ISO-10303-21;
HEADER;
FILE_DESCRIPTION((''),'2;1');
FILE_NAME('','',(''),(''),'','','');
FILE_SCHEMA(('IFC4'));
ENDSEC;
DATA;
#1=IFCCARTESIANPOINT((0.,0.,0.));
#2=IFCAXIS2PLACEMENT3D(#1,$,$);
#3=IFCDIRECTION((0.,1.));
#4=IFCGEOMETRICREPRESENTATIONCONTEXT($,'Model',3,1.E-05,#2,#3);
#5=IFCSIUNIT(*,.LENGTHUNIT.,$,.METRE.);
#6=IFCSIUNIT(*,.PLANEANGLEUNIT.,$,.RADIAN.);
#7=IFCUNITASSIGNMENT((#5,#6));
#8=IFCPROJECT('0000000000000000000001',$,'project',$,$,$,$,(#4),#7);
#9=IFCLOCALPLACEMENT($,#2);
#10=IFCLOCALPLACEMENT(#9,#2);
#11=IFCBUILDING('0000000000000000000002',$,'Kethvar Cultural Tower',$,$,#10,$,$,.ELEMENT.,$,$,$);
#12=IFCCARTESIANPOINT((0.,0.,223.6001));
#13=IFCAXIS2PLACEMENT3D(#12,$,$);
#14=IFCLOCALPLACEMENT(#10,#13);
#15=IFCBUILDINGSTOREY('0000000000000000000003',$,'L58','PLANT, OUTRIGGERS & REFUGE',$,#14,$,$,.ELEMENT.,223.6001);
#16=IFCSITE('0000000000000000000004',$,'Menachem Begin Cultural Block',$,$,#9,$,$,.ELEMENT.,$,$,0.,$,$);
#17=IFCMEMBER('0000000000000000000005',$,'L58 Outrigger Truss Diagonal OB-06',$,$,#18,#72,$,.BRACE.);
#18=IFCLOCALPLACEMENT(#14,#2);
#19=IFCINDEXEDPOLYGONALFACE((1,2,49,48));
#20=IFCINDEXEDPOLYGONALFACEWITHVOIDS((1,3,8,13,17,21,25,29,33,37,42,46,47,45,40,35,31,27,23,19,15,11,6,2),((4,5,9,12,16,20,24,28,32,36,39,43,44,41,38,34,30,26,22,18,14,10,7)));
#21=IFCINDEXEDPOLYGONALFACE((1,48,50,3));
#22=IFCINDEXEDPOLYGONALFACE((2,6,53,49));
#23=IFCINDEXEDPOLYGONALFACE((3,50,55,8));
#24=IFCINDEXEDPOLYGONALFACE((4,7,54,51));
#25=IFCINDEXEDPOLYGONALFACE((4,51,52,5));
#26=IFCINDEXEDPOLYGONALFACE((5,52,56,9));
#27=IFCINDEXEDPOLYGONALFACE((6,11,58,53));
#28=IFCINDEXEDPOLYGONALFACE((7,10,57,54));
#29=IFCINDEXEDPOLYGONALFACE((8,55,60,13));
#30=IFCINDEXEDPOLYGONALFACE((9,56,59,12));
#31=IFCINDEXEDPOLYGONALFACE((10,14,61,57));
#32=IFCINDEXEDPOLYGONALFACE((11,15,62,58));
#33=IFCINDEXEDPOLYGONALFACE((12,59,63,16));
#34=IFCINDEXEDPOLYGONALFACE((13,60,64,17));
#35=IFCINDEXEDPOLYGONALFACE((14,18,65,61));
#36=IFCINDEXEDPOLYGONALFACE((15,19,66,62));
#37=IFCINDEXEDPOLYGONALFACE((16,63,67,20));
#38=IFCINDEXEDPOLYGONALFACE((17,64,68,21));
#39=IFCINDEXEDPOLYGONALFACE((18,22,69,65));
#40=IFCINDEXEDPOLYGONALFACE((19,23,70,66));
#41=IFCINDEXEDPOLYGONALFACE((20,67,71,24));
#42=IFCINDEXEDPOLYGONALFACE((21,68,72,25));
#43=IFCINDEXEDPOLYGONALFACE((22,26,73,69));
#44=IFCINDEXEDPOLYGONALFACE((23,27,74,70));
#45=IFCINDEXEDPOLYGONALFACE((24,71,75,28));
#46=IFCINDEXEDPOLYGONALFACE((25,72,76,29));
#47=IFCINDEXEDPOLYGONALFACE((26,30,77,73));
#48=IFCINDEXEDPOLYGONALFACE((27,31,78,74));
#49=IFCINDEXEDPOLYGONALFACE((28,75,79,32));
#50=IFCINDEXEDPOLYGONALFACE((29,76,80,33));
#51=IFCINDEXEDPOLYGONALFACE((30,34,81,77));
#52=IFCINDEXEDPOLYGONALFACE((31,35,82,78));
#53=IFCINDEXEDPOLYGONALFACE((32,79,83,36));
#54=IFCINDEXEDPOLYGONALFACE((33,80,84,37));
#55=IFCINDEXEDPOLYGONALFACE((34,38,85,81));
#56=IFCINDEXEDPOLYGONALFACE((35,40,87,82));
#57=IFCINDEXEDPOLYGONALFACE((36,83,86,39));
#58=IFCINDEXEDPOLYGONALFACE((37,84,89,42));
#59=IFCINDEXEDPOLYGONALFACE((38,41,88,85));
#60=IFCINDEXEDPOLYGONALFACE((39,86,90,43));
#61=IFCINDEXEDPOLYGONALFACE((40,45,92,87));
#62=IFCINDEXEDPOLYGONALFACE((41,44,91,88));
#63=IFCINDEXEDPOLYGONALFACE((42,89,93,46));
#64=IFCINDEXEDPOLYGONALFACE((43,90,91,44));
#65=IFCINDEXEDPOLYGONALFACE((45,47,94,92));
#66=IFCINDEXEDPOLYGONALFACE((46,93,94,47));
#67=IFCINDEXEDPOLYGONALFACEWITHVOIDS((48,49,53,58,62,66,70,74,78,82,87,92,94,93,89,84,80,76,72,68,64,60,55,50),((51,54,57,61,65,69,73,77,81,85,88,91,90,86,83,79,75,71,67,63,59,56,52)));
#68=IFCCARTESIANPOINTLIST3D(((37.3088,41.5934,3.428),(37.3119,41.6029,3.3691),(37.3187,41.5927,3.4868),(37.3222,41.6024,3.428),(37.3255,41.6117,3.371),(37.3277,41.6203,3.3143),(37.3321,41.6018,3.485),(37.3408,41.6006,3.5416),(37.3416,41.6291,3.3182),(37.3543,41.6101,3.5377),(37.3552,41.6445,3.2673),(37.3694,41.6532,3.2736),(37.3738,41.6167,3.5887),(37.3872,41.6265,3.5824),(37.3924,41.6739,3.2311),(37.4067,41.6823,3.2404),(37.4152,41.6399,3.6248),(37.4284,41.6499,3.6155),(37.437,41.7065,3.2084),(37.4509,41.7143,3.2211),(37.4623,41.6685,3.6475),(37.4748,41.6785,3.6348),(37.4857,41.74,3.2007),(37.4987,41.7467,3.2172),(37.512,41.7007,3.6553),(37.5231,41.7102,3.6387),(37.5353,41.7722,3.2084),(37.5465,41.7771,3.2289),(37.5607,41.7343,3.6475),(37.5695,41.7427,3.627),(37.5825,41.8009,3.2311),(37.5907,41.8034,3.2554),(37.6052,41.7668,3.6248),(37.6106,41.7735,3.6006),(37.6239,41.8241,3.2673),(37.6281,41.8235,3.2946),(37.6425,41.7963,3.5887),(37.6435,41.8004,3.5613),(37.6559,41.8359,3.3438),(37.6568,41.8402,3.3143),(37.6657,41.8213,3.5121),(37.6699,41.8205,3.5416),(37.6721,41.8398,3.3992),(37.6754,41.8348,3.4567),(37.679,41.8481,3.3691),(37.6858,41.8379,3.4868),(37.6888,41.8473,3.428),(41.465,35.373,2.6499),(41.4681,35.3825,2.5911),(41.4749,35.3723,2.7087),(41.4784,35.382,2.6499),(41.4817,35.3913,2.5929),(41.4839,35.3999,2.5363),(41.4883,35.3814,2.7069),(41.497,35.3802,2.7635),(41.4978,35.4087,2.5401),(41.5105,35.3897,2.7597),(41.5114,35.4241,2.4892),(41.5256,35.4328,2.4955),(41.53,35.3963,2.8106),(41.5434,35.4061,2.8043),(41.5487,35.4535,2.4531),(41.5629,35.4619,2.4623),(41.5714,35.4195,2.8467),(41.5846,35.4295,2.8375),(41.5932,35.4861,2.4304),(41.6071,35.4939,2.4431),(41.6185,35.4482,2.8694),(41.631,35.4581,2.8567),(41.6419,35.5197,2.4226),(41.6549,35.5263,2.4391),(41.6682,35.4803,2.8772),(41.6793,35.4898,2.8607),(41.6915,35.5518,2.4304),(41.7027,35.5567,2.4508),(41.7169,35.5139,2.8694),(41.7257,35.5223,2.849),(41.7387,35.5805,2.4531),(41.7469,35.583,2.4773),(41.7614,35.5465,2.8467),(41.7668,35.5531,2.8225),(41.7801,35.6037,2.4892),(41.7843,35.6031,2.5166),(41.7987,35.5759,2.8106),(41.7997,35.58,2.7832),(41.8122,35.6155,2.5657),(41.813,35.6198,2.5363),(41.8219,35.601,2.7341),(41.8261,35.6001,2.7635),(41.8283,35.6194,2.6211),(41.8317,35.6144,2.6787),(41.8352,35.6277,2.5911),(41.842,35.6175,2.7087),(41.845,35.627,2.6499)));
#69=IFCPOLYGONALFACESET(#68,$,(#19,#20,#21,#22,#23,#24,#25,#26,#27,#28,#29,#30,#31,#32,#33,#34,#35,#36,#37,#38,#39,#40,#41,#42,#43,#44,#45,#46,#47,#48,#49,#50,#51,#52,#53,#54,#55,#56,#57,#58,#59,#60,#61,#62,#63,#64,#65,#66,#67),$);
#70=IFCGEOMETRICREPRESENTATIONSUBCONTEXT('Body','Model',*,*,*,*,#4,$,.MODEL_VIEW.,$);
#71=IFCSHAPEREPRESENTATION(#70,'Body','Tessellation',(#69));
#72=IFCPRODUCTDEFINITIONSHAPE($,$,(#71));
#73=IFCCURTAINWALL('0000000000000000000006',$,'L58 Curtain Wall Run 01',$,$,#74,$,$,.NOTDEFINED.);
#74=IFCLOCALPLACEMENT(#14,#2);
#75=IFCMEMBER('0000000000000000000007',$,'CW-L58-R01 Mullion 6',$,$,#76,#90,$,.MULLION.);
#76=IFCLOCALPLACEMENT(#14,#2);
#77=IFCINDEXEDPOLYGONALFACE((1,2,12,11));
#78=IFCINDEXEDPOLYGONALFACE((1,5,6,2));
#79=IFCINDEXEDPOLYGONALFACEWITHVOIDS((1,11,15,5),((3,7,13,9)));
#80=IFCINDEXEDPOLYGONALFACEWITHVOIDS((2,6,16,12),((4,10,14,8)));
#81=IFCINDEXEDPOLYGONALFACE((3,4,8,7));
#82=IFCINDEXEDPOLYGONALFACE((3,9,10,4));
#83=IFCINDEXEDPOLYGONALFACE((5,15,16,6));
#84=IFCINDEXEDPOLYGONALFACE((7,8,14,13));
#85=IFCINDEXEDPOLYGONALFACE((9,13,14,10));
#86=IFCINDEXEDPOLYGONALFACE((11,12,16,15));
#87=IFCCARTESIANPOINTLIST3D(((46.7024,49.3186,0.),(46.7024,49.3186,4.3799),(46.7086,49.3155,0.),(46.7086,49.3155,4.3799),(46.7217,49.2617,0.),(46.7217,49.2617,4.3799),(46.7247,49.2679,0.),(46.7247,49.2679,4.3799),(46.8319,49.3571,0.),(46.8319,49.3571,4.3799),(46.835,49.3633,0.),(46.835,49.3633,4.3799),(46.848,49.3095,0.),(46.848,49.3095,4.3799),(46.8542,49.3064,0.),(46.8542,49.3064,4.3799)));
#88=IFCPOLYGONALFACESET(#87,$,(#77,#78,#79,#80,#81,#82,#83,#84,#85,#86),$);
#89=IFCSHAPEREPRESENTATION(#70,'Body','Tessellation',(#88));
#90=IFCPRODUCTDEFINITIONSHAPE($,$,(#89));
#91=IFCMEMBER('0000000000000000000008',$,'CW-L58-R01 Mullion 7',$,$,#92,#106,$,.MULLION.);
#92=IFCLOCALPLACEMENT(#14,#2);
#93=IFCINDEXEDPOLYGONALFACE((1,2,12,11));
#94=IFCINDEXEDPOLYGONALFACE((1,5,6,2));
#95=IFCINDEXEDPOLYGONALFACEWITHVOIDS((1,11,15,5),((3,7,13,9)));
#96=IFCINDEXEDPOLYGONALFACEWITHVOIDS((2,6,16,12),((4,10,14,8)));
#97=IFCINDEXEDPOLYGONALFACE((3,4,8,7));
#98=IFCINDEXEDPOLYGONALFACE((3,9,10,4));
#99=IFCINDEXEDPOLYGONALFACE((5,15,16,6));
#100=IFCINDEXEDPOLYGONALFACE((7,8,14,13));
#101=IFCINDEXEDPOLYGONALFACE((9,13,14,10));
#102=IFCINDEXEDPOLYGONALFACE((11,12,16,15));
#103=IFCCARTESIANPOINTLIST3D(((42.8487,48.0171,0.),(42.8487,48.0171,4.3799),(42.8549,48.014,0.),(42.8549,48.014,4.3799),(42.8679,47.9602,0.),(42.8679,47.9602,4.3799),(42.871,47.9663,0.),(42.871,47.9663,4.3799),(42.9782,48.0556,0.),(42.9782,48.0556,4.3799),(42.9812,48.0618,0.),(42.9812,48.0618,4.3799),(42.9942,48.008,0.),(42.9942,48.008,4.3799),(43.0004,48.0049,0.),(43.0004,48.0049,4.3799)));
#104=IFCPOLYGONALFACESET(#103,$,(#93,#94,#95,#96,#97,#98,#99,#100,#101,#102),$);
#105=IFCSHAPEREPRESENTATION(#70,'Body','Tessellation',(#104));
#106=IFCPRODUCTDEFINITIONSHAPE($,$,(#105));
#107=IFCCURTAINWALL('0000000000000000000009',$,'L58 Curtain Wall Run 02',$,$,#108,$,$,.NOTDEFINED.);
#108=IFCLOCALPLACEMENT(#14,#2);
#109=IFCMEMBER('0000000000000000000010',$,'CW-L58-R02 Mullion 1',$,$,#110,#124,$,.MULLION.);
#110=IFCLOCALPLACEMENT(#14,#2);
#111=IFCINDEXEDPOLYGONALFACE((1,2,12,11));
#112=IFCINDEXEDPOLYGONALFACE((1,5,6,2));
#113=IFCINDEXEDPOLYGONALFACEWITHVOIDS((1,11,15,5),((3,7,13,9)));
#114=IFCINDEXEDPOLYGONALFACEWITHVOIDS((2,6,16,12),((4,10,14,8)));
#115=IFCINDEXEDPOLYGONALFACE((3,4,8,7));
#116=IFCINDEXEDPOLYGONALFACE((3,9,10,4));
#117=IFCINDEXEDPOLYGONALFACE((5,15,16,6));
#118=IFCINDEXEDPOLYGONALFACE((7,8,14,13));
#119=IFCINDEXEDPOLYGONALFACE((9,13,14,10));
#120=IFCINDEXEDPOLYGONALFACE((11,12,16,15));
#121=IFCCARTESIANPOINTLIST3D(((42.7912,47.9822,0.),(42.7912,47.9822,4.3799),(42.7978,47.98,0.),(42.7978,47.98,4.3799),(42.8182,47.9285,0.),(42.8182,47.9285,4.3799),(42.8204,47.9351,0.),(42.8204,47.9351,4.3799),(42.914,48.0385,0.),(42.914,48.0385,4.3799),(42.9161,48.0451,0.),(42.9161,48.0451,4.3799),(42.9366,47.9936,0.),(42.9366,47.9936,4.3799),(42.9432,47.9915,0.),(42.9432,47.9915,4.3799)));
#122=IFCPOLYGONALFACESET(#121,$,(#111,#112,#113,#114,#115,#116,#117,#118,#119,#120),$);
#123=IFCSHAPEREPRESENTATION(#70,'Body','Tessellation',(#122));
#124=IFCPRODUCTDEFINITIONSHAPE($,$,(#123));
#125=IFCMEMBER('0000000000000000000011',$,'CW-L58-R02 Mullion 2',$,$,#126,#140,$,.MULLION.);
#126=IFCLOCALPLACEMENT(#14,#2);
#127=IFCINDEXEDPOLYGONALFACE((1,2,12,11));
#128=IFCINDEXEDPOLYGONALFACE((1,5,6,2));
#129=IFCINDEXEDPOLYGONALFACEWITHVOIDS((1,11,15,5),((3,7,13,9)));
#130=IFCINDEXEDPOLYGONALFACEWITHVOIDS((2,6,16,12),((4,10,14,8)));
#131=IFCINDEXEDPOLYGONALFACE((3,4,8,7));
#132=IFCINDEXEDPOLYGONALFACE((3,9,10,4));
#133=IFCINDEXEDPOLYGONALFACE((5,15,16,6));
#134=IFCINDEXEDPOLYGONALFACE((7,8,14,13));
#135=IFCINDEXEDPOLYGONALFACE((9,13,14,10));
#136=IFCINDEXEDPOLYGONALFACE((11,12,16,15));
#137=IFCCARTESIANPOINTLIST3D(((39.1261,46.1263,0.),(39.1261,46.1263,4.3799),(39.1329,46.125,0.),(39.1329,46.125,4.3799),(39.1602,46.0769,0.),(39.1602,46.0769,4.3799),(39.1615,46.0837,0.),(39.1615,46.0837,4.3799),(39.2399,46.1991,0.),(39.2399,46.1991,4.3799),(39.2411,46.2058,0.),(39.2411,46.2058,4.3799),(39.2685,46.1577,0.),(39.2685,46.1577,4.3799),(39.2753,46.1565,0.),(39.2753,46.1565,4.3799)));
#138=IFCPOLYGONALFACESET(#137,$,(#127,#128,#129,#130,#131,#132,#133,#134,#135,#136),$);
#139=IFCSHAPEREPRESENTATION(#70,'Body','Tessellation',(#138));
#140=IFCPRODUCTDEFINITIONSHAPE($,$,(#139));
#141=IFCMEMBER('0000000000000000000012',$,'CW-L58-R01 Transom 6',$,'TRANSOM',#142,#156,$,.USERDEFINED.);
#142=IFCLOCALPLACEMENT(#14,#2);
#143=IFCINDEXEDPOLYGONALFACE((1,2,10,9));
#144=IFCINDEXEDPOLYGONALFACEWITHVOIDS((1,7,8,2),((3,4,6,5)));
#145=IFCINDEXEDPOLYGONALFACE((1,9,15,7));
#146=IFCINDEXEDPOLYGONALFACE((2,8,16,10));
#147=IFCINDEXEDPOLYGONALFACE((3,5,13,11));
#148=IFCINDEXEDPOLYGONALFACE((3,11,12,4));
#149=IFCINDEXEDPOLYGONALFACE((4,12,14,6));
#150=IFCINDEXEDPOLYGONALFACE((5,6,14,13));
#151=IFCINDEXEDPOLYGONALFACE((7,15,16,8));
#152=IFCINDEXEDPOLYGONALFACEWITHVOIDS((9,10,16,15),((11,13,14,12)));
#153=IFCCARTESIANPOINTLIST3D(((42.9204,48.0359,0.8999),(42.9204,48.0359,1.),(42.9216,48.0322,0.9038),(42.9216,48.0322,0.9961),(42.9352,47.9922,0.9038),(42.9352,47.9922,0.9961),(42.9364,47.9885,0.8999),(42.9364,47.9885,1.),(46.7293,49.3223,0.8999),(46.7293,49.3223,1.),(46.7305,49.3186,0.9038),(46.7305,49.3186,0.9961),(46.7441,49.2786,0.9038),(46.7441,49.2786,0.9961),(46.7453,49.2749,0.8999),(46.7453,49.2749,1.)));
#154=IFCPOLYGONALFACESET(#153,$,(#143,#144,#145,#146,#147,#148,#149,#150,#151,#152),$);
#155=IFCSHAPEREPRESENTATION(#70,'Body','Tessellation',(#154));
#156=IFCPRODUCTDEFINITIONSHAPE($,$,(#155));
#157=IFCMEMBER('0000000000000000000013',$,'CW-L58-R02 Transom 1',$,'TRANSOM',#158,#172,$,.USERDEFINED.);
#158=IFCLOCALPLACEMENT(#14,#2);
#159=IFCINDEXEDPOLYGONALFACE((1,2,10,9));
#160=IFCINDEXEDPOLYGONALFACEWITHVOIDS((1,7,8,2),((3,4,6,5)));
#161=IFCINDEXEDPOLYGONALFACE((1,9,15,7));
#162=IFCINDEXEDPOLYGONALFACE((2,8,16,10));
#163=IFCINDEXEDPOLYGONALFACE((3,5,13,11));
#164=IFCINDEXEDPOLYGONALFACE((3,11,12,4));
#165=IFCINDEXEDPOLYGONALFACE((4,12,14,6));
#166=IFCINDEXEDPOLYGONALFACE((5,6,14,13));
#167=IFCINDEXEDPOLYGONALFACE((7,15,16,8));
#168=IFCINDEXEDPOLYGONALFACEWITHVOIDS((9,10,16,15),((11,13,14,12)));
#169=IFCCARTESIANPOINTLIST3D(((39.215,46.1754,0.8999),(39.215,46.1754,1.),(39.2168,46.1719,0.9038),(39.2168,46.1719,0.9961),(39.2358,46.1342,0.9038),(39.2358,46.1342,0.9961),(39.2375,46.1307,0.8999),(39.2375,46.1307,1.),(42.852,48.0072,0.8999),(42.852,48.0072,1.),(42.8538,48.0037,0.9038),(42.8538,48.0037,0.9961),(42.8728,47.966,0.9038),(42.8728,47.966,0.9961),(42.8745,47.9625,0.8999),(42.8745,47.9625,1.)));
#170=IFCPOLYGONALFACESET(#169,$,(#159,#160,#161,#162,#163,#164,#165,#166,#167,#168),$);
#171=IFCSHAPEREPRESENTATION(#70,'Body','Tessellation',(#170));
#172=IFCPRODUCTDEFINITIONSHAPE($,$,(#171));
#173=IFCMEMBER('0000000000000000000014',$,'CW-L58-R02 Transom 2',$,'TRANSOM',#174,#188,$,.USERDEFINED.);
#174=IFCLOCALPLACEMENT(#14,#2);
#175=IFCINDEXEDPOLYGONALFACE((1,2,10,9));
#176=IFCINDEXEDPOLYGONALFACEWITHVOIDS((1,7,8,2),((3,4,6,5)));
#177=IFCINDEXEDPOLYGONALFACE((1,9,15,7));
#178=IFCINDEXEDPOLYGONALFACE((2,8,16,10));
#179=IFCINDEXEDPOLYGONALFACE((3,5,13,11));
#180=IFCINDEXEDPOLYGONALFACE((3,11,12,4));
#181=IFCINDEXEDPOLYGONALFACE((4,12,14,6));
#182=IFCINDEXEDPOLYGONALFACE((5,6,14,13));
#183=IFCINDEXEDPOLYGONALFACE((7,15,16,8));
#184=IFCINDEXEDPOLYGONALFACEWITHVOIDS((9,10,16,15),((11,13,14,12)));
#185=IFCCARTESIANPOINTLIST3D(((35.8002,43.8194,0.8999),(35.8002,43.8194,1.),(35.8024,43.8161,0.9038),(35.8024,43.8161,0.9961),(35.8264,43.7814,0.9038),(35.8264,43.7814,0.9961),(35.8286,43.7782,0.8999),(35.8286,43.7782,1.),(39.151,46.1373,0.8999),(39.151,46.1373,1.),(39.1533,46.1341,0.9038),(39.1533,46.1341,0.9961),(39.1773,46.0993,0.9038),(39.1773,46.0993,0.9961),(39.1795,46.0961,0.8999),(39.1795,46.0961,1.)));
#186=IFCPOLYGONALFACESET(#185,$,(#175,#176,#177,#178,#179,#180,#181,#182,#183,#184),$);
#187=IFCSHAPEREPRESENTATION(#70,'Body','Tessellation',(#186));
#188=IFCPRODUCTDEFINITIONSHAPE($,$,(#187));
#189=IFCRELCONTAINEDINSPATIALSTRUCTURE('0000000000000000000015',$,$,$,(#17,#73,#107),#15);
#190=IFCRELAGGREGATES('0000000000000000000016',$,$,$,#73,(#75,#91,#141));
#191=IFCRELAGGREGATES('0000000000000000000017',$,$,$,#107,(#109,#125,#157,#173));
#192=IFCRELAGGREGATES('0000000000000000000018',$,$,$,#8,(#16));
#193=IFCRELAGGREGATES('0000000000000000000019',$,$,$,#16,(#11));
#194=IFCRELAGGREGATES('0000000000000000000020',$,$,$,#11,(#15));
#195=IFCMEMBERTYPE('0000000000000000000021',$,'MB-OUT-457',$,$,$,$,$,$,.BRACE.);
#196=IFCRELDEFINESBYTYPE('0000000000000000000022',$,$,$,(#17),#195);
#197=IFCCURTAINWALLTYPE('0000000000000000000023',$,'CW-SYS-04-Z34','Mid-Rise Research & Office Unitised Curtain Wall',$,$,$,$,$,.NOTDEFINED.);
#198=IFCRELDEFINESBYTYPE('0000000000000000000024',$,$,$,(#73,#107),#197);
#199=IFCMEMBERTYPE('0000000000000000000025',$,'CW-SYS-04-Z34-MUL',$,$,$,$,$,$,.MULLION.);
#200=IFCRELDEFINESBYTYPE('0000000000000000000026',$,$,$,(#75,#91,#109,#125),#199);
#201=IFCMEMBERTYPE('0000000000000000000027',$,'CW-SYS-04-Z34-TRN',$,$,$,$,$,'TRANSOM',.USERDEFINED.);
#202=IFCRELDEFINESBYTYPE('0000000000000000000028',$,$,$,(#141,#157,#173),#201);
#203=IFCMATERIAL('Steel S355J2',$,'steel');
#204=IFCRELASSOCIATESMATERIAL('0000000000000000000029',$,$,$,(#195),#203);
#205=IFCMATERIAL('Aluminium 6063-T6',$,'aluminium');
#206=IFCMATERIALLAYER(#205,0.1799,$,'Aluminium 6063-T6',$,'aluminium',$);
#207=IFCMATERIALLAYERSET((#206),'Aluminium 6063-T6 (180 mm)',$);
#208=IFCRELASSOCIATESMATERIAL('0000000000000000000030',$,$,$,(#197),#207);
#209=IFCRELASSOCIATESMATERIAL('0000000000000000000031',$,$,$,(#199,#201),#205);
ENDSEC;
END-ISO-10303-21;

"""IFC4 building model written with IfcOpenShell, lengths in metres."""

from ifc_helpers import new_model, si_unit, direction, frame, origin, origin_2d, place, context, subcontext, project, spatial, hollow_rectangle, hollow_circle, extrude, source, transform, mapped, material, layer, layer_set, material_profile, profile_set, type_object, element, aggregate, save


model = new_model("IFC4")

# Units and contexts
model_context = context("Model", 3, precision=1e-05, world=origin(), true_north=direction((0.0, 1.0)))
body_context = subcontext(model_context, "Body", "Model", "MODEL_VIEW")
ifc_project = project(units=[si_unit("LENGTHUNIT", "METRE"), si_unit("PLANEANGLEUNIT", "RADIAN")], contexts=[model_context])

# Site, building, storey
site_placement = place(None, origin())
site = spatial("IfcSite", under=ifc_project, at=site_placement, Name="Menachem Begin Cultural Block", CompositionType="ELEMENT", RefElevation=0.0)
building_placement = place(site_placement, origin())
building = spatial("IfcBuilding", under=site, at=building_placement, Name="Kethvar Cultural Tower", CompositionType="ELEMENT")
storey_placement = place(building_placement, frame((0.0, 0.0, 223.6001)))
storey = spatial("IfcBuildingStorey", under=building, at=storey_placement, Name="L58", Description="PLANT, OUTRIGGERS & REFUGE", CompositionType="ELEMENT", Elevation=223.6001)

# Shared definitions
ifc_material_1 = material(Name="Steel S355J2", Category="steel")
ifc_material_profile_1 = material_profile(ifc_material_1, hollow_circle(Radius=0.2285, WallThickness=0.0161, at=origin_2d()), Name="Steel S355J2 — CHS457x16")
ifc_profile_set_1 = profile_set([ifc_material_profile_1], Name="Steel S355J2 — CHS457x16")
member_type_1 = type_object("IfcMemberType", Name="MB-OUT-457", PredefinedType="BRACE", material=ifc_profile_set_1)

# Member
shared_shape_1 = source(origin(), body_context, "Body", "SweptSolid", [
    extrude(hollow_circle(Radius=0.2285, WallThickness=0.0161, at=origin_2d()), origin(), (0.0, 0.0, 1.0), 7.5215),
])
member_1_placement = place(storey_placement, frame((41.655, 35.5, 2.6499), z_axis=(-0.552578, 0.827017, 0.103446), x_axis=(-0.831478, -0.555558, 0.0)))
element("IfcMember", 1, at=member_1_placement, inside=storey, type_object=member_type_1, Name="L58 Outrigger Truss Diagonal OB-06", PredefinedType="BRACE", context=body_context, shape_type="MappedRepresentation", body=[
    mapped(shared_shape_1, transform((0.0, 0.0, 0.0), scale=1.0)),
])

# Curtain walls, members
ifc_material_2 = material(Name="Aluminium 6063-T6", Category="aluminium")
ifc_layer_1 = layer(ifc_material_2, 0.1799, Name="Aluminium 6063-T6", Category="aluminium")
ifc_layer_set_1 = layer_set([ifc_layer_1], Name="Aluminium 6063-T6 (180 mm)")
curtain_wall_type = type_object("IfcCurtainWallType", Name="CW-SYS-04-Z34", Description="Mid-Rise Research & Office Unitised Curtain Wall", PredefinedType="NOTDEFINED", material=ifc_layer_set_1)
curtain_wall_1_placement = place(storey_placement, origin())
curtain_wall_1 = element("IfcCurtainWall", 2, at=curtain_wall_1_placement, inside=storey, type_object=curtain_wall_type, Name="L58 Curtain Wall Run 01", PredefinedType="NOTDEFINED")
ifc_material_profile_2 = material_profile(ifc_material_2, hollow_rectangle(XDim=0.0601, YDim=0.1399, WallThickness=0.0049, at=origin_2d()), Name="Aluminium 6063-T6 — RHS140x60x5")
ifc_profile_set_2 = profile_set([ifc_material_profile_2], Name="Aluminium 6063-T6 — RHS140x60x5")
member_type_2 = type_object("IfcMemberType", Name="CW-SYS-04-Z34-MUL", PredefinedType="MULLION", material=ifc_profile_set_2)
shared_shape_2 = source(origin(), body_context, "Body", "SweptSolid", [
    extrude(hollow_rectangle(XDim=0.0601, YDim=0.1399, WallThickness=0.0049, at=origin_2d()), origin(), (0.0, 0.0, 1.0), 4.3799),
])
member_2_placement = place(storey_placement, frame((46.7783, 49.3125, 0.0), z_axis=(0.0, 0.0, 1.0), x_axis=(0.319968, -0.947428, 0.0)))
member_2 = element("IfcMember", 3, at=member_2_placement, type_object=member_type_2, Name="CW-L58-R01 Mullion 6", PredefinedType="MULLION", context=body_context, shape_type="MappedRepresentation", body=[
    mapped(shared_shape_2, transform((0.0, 0.0, 0.0), scale=1.0)),
])
member_3_placement = place(storey_placement, frame((42.9246, 48.011, 0.0), z_axis=(0.0, 0.0, 1.0), x_axis=(0.319968, -0.947428, 0.0)))
member_3 = element("IfcMember", 4, at=member_3_placement, type_object=member_type_2, Name="CW-L58-R01 Mullion 7", PredefinedType="MULLION", context=body_context, shape_type="MappedRepresentation", body=[
    mapped(shared_shape_2, transform((0.0, 0.0, 0.0), scale=1.0)),
])
curtain_wall_2_placement = place(storey_placement, origin())
curtain_wall_2 = element("IfcCurtainWall", 5, at=curtain_wall_2_placement, inside=storey, type_object=curtain_wall_type, Name="L58 Curtain Wall Run 02", PredefinedType="NOTDEFINED")
member_4_placement = place(storey_placement, frame((42.8672, 47.9868, 0.0), z_axis=(0.0, 0.0, 1.0), x_axis=(0.449833, -0.893112, 0.0)))
member_4 = element("IfcMember", 6, at=member_4_placement, type_object=member_type_2, Name="CW-L58-R02 Mullion 1", PredefinedType="MULLION", context=body_context, shape_type="MappedRepresentation", body=[
    mapped(shared_shape_2, transform((0.0, 0.0, 0.0), scale=1.0)),
])
member_5_placement = place(storey_placement, frame((39.2007, 46.1414, 0.0), z_axis=(0.0, 0.0, 1.0), x_axis=(0.568906, -0.822402, 0.0)))
member_5 = element("IfcMember", 7, at=member_5_placement, type_object=member_type_2, Name="CW-L58-R02 Mullion 2", PredefinedType="MULLION", context=body_context, shape_type="MappedRepresentation", body=[
    mapped(shared_shape_2, transform((0.0, 0.0, 0.0), scale=1.0)),
])

# Members
ifc_material_profile_3 = material_profile(ifc_material_2, hollow_rectangle(XDim=0.05, YDim=0.1001, WallThickness=0.0039, at=origin_2d()), Name="Aluminium 6063-T6 — RHS100x50x4")
ifc_profile_set_3 = profile_set([ifc_material_profile_3], Name="Aluminium 6063-T6 — RHS100x50x4")
member_type_3 = type_object("IfcMemberType", Name="CW-SYS-04-Z34-TRN", ElementType="TRANSOM", PredefinedType="USERDEFINED", material=ifc_profile_set_3)
shared_shape_3 = source(origin(), body_context, "Body", "SweptSolid", [
    extrude(hollow_rectangle(XDim=0.05, YDim=0.1001, WallThickness=0.0039, at=origin_2d()), origin(), (0.0, 0.0, 1.0), 4.0203),
])
member_6_placement = place(storey_placement, frame((46.7373, 49.2986, 0.95), z_axis=(-0.947425, -0.319978, 0.0), x_axis=(0.319978, -0.947425, 0.0)))
member_6 = element("IfcMember", 8, at=member_6_placement, type_object=member_type_3, Name="CW-L58-R01 Transom 6", ObjectType="TRANSOM", PredefinedType="USERDEFINED", context=body_context, shape_type="MappedRepresentation", body=[
    mapped(shared_shape_3, transform((0.0, 0.0, 0.0), scale=1.0)),
])
shared_shape_4 = source(origin(), body_context, "Body", "SweptSolid", [
    extrude(hollow_rectangle(XDim=0.05, YDim=0.1001, WallThickness=0.0039, at=origin_2d()), origin(), (0.0, 0.0, 1.0), 4.0723),
])
member_7_placement = place(storey_placement, frame((42.8633, 47.9849, 0.95), z_axis=(-0.893116, -0.449826, 0.0), x_axis=(0.449826, -0.893116, 0.0)))
member_7 = element("IfcMember", 9, at=member_7_placement, type_object=member_type_3, Name="CW-L58-R02 Transom 1", ObjectType="TRANSOM", PredefinedType="USERDEFINED", context=body_context, shape_type="MappedRepresentation", body=[
    mapped(shared_shape_4, transform((0.0, 0.0, 0.0), scale=1.0)),
])
shared_shape_5 = source(origin(), body_context, "Body", "SweptSolid", [
    extrude(hollow_rectangle(XDim=0.05, YDim=0.1001, WallThickness=0.0039, at=origin_2d()), origin(), (0.0, 0.0, 1.0), 4.0745),
])
member_8_placement = place(storey_placement, frame((39.1653, 46.1167, 0.95), z_axis=(-0.822414, -0.568889, 0.0), x_axis=(0.568889, -0.822414, 0.0)))
member_8 = element("IfcMember", 10, at=member_8_placement, type_object=member_type_3, Name="CW-L58-R02 Transom 2", ObjectType="TRANSOM", PredefinedType="USERDEFINED", context=body_context, shape_type="MappedRepresentation", body=[
    mapped(shared_shape_5, transform((0.0, 0.0, 0.0), scale=1.0)),
])

aggregate(curtain_wall_1, [member_2, member_3, member_6])
aggregate(curtain_wall_2, [member_4, member_5, member_7, member_8])

save(model, "model.ifc")
